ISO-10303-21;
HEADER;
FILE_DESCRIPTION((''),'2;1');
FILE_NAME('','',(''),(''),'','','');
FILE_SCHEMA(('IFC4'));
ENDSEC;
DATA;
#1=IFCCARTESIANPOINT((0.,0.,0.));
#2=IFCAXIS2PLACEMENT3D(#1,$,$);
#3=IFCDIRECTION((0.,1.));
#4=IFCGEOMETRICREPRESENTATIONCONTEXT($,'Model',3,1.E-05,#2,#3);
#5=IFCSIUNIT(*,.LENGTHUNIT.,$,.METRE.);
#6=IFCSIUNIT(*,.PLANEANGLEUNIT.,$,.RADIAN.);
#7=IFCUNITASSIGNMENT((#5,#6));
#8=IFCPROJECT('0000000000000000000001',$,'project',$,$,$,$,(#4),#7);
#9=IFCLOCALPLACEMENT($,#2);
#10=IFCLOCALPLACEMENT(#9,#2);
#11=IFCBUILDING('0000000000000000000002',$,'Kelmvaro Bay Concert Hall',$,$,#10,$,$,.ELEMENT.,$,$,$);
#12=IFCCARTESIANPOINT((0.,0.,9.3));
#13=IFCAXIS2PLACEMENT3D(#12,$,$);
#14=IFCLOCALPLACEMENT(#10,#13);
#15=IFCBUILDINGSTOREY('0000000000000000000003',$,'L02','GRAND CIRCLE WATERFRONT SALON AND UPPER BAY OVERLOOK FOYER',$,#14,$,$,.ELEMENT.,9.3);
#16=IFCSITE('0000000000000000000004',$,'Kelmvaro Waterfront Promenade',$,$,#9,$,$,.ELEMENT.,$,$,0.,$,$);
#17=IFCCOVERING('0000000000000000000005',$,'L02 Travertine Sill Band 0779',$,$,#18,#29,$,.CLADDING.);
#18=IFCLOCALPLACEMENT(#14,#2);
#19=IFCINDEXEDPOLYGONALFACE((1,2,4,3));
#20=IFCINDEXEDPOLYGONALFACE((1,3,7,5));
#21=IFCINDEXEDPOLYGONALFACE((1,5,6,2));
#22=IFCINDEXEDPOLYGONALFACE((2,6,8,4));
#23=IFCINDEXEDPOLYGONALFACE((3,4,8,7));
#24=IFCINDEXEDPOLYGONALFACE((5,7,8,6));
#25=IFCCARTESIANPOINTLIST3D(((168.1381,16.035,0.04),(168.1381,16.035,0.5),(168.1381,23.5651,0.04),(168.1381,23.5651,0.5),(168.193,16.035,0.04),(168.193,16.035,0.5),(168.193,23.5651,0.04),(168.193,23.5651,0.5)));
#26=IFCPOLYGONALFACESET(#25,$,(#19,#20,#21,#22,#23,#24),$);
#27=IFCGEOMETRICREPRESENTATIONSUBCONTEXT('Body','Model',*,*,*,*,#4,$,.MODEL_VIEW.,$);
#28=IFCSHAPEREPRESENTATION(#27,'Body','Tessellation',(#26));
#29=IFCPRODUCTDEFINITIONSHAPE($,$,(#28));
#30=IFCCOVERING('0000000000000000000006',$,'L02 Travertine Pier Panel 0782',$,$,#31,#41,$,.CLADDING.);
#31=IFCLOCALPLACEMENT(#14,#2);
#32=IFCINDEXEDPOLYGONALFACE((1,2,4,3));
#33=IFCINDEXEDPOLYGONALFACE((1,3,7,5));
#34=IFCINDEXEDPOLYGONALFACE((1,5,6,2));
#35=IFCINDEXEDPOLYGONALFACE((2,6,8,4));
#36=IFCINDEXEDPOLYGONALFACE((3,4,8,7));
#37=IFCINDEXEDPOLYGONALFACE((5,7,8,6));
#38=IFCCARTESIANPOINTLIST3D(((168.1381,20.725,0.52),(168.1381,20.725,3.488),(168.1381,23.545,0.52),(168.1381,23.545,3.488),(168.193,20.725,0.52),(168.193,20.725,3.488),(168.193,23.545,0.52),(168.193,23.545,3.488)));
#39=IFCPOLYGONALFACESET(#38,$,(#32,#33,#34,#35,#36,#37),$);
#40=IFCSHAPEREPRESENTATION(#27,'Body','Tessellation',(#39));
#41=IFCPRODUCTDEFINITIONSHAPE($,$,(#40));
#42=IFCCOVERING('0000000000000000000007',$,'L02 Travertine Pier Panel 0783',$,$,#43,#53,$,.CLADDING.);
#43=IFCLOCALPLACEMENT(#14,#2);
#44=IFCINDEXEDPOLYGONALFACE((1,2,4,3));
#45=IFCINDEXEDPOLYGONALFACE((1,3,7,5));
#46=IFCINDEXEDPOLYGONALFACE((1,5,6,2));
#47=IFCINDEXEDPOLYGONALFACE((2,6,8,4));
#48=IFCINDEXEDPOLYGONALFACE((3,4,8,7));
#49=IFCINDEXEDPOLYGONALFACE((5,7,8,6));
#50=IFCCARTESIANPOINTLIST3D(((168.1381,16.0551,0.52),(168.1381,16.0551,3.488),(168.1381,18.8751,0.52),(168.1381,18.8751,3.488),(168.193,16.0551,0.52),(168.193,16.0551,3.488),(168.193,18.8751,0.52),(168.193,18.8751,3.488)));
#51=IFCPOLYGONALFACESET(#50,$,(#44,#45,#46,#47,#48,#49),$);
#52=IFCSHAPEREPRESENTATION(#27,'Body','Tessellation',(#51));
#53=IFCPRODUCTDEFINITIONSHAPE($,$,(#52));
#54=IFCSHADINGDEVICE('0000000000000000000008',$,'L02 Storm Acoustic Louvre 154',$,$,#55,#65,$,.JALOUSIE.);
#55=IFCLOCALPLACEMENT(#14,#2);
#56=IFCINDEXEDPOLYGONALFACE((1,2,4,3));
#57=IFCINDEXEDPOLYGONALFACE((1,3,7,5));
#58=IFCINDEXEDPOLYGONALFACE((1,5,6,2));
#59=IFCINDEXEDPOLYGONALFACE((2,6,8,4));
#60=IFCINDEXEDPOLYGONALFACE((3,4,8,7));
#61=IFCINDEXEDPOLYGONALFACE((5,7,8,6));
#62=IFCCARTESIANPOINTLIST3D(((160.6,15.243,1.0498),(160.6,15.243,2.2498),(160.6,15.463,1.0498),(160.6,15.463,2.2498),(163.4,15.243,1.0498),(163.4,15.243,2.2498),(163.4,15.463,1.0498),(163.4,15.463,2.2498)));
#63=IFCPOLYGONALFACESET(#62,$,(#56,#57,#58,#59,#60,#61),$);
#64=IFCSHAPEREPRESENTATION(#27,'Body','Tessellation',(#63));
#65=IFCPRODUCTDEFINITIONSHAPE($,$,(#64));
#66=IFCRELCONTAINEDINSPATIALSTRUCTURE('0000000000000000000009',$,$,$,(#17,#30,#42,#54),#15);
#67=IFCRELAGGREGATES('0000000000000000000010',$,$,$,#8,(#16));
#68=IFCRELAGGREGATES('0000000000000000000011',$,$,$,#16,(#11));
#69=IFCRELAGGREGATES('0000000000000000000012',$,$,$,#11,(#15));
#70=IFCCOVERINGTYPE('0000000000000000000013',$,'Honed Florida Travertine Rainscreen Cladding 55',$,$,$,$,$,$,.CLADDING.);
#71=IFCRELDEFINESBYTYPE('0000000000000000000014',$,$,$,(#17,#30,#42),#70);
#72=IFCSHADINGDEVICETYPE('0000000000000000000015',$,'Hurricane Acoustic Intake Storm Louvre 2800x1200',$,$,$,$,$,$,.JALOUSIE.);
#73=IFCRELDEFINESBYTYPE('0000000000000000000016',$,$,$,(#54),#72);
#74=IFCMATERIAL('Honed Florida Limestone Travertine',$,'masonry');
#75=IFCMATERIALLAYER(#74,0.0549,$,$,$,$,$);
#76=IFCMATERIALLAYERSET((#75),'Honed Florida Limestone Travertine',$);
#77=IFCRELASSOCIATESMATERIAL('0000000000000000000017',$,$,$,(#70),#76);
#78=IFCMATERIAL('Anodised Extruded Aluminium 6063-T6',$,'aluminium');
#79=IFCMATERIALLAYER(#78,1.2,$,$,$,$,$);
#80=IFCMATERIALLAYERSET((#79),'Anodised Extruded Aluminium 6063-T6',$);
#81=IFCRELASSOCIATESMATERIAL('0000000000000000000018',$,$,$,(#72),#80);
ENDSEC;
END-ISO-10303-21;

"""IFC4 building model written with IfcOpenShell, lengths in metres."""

from ifc_helpers import new_model, si_unit, direction, frame, origin, origin_2d, place, context, subcontext, project, spatial, rectangle, extrude, material, layer, layer_set, type_object, element, save


model = new_model("IFC4")

# Units and contexts
model_context = context("Model", 3, precision=1e-05, world=origin(), true_north=direction((0.0, 1.0)))
body_context = subcontext(model_context, "Body", "Model", "MODEL_VIEW")
ifc_project = project(units=[si_unit("LENGTHUNIT", "METRE"), si_unit("PLANEANGLEUNIT", "RADIAN")], contexts=[model_context])

# Site, building, storey
site_placement = place(None, origin())
site = spatial("IfcSite", under=ifc_project, at=site_placement, Name="Kelmvaro Waterfront Promenade", CompositionType="ELEMENT", RefElevation=0.0)
building_placement = place(site_placement, origin())
building = spatial("IfcBuilding", under=site, at=building_placement, Name="Kelmvaro Bay Concert Hall", CompositionType="ELEMENT")
storey_placement = place(building_placement, frame((0.0, 0.0, 9.3)))
storey = spatial("IfcBuildingStorey", under=building, at=storey_placement, Name="L02", Description="GRAND CIRCLE WATERFRONT SALON AND UPPER BAY OVERLOOK FOYER", CompositionType="ELEMENT", Elevation=9.3)

# Coverings
ifc_material_1 = material(Name="Honed Florida Limestone Travertine", Category="masonry")
ifc_layer_1 = layer(ifc_material_1, 0.0549)
ifc_layer_set_1 = layer_set([ifc_layer_1], Name="Honed Florida Limestone Travertine")
covering_type_1 = type_object("IfcCoveringType", Name="Honed Florida Travertine Rainscreen Cladding 55", PredefinedType="CLADDING", material=ifc_layer_set_1)
covering_1_placement = place(storey_placement, frame((168.1655, 19.8, 0.04), z_axis=(0.0, 0.0, 1.0), x_axis=(0.0, -1.0, 0.0)))
element("IfcCovering", 1, at=covering_1_placement, inside=storey, type_object=covering_type_1, Name="L02 Travertine Sill Band 0779", PredefinedType="CLADDING", context=body_context, shape_type="SweptSolid", body=[
    extrude(rectangle(XDim=7.53, YDim=0.0549, at=origin_2d()), origin(), (0.0, 0.0, 1.0), 0.46),
])
for number, where, z_axis, x_axis, name in (
    (2, (168.1655, 22.135, 0.52), (0.0, 0.0, 1.0), (0.0, -1.0, 0.0), "L02 Travertine Pier Panel 0782"),
    (3, (168.1655, 17.4651, 0.52), (0.0, 0.0, 1.0), (0.0, -1.0, 0.0), "L02 Travertine Pier Panel 0783"),
):
    element("IfcCovering", number, at=place(storey_placement, frame(where, z_axis=z_axis, x_axis=x_axis)), inside=storey, type_object=covering_type_1, Name=name, PredefinedType="CLADDING", context=body_context, shape_type="SweptSolid", body=[
        extrude(rectangle(XDim=2.8201, YDim=0.0549, at=origin_2d()), origin(), (0.0, 0.0, 1.0), 2.968),
    ])

# Shading device
ifc_material_2 = material(Name="Anodised Extruded Aluminium 6063-T6", Category="aluminium")
ifc_layer_2 = layer(ifc_material_2, 1.2)
ifc_layer_set_2 = layer_set([ifc_layer_2], Name="Anodised Extruded Aluminium 6063-T6")
shading_device_type_1 = type_object("IfcShadingDeviceType", Name="Hurricane Acoustic Intake Storm Louvre 2800x1200", PredefinedType="JALOUSIE", material=ifc_layer_set_2)
shading_device_placement = place(storey_placement, frame((162.0, 15.353, 1.0498), z_axis=(0.0, 0.0, 1.0), x_axis=(-1.0, 0.0, 0.0)))
element("IfcShadingDevice", 4, at=shading_device_placement, inside=storey, type_object=shading_device_type_1, Name="L02 Storm Acoustic Louvre 154", PredefinedType="JALOUSIE", context=body_context, shape_type="SweptSolid", body=[
    extrude(rectangle(XDim=2.8, YDim=0.22, at=origin_2d()), origin(), (0.0, 0.0, 1.0), 1.2),
])

save(model, "model.ifc")
